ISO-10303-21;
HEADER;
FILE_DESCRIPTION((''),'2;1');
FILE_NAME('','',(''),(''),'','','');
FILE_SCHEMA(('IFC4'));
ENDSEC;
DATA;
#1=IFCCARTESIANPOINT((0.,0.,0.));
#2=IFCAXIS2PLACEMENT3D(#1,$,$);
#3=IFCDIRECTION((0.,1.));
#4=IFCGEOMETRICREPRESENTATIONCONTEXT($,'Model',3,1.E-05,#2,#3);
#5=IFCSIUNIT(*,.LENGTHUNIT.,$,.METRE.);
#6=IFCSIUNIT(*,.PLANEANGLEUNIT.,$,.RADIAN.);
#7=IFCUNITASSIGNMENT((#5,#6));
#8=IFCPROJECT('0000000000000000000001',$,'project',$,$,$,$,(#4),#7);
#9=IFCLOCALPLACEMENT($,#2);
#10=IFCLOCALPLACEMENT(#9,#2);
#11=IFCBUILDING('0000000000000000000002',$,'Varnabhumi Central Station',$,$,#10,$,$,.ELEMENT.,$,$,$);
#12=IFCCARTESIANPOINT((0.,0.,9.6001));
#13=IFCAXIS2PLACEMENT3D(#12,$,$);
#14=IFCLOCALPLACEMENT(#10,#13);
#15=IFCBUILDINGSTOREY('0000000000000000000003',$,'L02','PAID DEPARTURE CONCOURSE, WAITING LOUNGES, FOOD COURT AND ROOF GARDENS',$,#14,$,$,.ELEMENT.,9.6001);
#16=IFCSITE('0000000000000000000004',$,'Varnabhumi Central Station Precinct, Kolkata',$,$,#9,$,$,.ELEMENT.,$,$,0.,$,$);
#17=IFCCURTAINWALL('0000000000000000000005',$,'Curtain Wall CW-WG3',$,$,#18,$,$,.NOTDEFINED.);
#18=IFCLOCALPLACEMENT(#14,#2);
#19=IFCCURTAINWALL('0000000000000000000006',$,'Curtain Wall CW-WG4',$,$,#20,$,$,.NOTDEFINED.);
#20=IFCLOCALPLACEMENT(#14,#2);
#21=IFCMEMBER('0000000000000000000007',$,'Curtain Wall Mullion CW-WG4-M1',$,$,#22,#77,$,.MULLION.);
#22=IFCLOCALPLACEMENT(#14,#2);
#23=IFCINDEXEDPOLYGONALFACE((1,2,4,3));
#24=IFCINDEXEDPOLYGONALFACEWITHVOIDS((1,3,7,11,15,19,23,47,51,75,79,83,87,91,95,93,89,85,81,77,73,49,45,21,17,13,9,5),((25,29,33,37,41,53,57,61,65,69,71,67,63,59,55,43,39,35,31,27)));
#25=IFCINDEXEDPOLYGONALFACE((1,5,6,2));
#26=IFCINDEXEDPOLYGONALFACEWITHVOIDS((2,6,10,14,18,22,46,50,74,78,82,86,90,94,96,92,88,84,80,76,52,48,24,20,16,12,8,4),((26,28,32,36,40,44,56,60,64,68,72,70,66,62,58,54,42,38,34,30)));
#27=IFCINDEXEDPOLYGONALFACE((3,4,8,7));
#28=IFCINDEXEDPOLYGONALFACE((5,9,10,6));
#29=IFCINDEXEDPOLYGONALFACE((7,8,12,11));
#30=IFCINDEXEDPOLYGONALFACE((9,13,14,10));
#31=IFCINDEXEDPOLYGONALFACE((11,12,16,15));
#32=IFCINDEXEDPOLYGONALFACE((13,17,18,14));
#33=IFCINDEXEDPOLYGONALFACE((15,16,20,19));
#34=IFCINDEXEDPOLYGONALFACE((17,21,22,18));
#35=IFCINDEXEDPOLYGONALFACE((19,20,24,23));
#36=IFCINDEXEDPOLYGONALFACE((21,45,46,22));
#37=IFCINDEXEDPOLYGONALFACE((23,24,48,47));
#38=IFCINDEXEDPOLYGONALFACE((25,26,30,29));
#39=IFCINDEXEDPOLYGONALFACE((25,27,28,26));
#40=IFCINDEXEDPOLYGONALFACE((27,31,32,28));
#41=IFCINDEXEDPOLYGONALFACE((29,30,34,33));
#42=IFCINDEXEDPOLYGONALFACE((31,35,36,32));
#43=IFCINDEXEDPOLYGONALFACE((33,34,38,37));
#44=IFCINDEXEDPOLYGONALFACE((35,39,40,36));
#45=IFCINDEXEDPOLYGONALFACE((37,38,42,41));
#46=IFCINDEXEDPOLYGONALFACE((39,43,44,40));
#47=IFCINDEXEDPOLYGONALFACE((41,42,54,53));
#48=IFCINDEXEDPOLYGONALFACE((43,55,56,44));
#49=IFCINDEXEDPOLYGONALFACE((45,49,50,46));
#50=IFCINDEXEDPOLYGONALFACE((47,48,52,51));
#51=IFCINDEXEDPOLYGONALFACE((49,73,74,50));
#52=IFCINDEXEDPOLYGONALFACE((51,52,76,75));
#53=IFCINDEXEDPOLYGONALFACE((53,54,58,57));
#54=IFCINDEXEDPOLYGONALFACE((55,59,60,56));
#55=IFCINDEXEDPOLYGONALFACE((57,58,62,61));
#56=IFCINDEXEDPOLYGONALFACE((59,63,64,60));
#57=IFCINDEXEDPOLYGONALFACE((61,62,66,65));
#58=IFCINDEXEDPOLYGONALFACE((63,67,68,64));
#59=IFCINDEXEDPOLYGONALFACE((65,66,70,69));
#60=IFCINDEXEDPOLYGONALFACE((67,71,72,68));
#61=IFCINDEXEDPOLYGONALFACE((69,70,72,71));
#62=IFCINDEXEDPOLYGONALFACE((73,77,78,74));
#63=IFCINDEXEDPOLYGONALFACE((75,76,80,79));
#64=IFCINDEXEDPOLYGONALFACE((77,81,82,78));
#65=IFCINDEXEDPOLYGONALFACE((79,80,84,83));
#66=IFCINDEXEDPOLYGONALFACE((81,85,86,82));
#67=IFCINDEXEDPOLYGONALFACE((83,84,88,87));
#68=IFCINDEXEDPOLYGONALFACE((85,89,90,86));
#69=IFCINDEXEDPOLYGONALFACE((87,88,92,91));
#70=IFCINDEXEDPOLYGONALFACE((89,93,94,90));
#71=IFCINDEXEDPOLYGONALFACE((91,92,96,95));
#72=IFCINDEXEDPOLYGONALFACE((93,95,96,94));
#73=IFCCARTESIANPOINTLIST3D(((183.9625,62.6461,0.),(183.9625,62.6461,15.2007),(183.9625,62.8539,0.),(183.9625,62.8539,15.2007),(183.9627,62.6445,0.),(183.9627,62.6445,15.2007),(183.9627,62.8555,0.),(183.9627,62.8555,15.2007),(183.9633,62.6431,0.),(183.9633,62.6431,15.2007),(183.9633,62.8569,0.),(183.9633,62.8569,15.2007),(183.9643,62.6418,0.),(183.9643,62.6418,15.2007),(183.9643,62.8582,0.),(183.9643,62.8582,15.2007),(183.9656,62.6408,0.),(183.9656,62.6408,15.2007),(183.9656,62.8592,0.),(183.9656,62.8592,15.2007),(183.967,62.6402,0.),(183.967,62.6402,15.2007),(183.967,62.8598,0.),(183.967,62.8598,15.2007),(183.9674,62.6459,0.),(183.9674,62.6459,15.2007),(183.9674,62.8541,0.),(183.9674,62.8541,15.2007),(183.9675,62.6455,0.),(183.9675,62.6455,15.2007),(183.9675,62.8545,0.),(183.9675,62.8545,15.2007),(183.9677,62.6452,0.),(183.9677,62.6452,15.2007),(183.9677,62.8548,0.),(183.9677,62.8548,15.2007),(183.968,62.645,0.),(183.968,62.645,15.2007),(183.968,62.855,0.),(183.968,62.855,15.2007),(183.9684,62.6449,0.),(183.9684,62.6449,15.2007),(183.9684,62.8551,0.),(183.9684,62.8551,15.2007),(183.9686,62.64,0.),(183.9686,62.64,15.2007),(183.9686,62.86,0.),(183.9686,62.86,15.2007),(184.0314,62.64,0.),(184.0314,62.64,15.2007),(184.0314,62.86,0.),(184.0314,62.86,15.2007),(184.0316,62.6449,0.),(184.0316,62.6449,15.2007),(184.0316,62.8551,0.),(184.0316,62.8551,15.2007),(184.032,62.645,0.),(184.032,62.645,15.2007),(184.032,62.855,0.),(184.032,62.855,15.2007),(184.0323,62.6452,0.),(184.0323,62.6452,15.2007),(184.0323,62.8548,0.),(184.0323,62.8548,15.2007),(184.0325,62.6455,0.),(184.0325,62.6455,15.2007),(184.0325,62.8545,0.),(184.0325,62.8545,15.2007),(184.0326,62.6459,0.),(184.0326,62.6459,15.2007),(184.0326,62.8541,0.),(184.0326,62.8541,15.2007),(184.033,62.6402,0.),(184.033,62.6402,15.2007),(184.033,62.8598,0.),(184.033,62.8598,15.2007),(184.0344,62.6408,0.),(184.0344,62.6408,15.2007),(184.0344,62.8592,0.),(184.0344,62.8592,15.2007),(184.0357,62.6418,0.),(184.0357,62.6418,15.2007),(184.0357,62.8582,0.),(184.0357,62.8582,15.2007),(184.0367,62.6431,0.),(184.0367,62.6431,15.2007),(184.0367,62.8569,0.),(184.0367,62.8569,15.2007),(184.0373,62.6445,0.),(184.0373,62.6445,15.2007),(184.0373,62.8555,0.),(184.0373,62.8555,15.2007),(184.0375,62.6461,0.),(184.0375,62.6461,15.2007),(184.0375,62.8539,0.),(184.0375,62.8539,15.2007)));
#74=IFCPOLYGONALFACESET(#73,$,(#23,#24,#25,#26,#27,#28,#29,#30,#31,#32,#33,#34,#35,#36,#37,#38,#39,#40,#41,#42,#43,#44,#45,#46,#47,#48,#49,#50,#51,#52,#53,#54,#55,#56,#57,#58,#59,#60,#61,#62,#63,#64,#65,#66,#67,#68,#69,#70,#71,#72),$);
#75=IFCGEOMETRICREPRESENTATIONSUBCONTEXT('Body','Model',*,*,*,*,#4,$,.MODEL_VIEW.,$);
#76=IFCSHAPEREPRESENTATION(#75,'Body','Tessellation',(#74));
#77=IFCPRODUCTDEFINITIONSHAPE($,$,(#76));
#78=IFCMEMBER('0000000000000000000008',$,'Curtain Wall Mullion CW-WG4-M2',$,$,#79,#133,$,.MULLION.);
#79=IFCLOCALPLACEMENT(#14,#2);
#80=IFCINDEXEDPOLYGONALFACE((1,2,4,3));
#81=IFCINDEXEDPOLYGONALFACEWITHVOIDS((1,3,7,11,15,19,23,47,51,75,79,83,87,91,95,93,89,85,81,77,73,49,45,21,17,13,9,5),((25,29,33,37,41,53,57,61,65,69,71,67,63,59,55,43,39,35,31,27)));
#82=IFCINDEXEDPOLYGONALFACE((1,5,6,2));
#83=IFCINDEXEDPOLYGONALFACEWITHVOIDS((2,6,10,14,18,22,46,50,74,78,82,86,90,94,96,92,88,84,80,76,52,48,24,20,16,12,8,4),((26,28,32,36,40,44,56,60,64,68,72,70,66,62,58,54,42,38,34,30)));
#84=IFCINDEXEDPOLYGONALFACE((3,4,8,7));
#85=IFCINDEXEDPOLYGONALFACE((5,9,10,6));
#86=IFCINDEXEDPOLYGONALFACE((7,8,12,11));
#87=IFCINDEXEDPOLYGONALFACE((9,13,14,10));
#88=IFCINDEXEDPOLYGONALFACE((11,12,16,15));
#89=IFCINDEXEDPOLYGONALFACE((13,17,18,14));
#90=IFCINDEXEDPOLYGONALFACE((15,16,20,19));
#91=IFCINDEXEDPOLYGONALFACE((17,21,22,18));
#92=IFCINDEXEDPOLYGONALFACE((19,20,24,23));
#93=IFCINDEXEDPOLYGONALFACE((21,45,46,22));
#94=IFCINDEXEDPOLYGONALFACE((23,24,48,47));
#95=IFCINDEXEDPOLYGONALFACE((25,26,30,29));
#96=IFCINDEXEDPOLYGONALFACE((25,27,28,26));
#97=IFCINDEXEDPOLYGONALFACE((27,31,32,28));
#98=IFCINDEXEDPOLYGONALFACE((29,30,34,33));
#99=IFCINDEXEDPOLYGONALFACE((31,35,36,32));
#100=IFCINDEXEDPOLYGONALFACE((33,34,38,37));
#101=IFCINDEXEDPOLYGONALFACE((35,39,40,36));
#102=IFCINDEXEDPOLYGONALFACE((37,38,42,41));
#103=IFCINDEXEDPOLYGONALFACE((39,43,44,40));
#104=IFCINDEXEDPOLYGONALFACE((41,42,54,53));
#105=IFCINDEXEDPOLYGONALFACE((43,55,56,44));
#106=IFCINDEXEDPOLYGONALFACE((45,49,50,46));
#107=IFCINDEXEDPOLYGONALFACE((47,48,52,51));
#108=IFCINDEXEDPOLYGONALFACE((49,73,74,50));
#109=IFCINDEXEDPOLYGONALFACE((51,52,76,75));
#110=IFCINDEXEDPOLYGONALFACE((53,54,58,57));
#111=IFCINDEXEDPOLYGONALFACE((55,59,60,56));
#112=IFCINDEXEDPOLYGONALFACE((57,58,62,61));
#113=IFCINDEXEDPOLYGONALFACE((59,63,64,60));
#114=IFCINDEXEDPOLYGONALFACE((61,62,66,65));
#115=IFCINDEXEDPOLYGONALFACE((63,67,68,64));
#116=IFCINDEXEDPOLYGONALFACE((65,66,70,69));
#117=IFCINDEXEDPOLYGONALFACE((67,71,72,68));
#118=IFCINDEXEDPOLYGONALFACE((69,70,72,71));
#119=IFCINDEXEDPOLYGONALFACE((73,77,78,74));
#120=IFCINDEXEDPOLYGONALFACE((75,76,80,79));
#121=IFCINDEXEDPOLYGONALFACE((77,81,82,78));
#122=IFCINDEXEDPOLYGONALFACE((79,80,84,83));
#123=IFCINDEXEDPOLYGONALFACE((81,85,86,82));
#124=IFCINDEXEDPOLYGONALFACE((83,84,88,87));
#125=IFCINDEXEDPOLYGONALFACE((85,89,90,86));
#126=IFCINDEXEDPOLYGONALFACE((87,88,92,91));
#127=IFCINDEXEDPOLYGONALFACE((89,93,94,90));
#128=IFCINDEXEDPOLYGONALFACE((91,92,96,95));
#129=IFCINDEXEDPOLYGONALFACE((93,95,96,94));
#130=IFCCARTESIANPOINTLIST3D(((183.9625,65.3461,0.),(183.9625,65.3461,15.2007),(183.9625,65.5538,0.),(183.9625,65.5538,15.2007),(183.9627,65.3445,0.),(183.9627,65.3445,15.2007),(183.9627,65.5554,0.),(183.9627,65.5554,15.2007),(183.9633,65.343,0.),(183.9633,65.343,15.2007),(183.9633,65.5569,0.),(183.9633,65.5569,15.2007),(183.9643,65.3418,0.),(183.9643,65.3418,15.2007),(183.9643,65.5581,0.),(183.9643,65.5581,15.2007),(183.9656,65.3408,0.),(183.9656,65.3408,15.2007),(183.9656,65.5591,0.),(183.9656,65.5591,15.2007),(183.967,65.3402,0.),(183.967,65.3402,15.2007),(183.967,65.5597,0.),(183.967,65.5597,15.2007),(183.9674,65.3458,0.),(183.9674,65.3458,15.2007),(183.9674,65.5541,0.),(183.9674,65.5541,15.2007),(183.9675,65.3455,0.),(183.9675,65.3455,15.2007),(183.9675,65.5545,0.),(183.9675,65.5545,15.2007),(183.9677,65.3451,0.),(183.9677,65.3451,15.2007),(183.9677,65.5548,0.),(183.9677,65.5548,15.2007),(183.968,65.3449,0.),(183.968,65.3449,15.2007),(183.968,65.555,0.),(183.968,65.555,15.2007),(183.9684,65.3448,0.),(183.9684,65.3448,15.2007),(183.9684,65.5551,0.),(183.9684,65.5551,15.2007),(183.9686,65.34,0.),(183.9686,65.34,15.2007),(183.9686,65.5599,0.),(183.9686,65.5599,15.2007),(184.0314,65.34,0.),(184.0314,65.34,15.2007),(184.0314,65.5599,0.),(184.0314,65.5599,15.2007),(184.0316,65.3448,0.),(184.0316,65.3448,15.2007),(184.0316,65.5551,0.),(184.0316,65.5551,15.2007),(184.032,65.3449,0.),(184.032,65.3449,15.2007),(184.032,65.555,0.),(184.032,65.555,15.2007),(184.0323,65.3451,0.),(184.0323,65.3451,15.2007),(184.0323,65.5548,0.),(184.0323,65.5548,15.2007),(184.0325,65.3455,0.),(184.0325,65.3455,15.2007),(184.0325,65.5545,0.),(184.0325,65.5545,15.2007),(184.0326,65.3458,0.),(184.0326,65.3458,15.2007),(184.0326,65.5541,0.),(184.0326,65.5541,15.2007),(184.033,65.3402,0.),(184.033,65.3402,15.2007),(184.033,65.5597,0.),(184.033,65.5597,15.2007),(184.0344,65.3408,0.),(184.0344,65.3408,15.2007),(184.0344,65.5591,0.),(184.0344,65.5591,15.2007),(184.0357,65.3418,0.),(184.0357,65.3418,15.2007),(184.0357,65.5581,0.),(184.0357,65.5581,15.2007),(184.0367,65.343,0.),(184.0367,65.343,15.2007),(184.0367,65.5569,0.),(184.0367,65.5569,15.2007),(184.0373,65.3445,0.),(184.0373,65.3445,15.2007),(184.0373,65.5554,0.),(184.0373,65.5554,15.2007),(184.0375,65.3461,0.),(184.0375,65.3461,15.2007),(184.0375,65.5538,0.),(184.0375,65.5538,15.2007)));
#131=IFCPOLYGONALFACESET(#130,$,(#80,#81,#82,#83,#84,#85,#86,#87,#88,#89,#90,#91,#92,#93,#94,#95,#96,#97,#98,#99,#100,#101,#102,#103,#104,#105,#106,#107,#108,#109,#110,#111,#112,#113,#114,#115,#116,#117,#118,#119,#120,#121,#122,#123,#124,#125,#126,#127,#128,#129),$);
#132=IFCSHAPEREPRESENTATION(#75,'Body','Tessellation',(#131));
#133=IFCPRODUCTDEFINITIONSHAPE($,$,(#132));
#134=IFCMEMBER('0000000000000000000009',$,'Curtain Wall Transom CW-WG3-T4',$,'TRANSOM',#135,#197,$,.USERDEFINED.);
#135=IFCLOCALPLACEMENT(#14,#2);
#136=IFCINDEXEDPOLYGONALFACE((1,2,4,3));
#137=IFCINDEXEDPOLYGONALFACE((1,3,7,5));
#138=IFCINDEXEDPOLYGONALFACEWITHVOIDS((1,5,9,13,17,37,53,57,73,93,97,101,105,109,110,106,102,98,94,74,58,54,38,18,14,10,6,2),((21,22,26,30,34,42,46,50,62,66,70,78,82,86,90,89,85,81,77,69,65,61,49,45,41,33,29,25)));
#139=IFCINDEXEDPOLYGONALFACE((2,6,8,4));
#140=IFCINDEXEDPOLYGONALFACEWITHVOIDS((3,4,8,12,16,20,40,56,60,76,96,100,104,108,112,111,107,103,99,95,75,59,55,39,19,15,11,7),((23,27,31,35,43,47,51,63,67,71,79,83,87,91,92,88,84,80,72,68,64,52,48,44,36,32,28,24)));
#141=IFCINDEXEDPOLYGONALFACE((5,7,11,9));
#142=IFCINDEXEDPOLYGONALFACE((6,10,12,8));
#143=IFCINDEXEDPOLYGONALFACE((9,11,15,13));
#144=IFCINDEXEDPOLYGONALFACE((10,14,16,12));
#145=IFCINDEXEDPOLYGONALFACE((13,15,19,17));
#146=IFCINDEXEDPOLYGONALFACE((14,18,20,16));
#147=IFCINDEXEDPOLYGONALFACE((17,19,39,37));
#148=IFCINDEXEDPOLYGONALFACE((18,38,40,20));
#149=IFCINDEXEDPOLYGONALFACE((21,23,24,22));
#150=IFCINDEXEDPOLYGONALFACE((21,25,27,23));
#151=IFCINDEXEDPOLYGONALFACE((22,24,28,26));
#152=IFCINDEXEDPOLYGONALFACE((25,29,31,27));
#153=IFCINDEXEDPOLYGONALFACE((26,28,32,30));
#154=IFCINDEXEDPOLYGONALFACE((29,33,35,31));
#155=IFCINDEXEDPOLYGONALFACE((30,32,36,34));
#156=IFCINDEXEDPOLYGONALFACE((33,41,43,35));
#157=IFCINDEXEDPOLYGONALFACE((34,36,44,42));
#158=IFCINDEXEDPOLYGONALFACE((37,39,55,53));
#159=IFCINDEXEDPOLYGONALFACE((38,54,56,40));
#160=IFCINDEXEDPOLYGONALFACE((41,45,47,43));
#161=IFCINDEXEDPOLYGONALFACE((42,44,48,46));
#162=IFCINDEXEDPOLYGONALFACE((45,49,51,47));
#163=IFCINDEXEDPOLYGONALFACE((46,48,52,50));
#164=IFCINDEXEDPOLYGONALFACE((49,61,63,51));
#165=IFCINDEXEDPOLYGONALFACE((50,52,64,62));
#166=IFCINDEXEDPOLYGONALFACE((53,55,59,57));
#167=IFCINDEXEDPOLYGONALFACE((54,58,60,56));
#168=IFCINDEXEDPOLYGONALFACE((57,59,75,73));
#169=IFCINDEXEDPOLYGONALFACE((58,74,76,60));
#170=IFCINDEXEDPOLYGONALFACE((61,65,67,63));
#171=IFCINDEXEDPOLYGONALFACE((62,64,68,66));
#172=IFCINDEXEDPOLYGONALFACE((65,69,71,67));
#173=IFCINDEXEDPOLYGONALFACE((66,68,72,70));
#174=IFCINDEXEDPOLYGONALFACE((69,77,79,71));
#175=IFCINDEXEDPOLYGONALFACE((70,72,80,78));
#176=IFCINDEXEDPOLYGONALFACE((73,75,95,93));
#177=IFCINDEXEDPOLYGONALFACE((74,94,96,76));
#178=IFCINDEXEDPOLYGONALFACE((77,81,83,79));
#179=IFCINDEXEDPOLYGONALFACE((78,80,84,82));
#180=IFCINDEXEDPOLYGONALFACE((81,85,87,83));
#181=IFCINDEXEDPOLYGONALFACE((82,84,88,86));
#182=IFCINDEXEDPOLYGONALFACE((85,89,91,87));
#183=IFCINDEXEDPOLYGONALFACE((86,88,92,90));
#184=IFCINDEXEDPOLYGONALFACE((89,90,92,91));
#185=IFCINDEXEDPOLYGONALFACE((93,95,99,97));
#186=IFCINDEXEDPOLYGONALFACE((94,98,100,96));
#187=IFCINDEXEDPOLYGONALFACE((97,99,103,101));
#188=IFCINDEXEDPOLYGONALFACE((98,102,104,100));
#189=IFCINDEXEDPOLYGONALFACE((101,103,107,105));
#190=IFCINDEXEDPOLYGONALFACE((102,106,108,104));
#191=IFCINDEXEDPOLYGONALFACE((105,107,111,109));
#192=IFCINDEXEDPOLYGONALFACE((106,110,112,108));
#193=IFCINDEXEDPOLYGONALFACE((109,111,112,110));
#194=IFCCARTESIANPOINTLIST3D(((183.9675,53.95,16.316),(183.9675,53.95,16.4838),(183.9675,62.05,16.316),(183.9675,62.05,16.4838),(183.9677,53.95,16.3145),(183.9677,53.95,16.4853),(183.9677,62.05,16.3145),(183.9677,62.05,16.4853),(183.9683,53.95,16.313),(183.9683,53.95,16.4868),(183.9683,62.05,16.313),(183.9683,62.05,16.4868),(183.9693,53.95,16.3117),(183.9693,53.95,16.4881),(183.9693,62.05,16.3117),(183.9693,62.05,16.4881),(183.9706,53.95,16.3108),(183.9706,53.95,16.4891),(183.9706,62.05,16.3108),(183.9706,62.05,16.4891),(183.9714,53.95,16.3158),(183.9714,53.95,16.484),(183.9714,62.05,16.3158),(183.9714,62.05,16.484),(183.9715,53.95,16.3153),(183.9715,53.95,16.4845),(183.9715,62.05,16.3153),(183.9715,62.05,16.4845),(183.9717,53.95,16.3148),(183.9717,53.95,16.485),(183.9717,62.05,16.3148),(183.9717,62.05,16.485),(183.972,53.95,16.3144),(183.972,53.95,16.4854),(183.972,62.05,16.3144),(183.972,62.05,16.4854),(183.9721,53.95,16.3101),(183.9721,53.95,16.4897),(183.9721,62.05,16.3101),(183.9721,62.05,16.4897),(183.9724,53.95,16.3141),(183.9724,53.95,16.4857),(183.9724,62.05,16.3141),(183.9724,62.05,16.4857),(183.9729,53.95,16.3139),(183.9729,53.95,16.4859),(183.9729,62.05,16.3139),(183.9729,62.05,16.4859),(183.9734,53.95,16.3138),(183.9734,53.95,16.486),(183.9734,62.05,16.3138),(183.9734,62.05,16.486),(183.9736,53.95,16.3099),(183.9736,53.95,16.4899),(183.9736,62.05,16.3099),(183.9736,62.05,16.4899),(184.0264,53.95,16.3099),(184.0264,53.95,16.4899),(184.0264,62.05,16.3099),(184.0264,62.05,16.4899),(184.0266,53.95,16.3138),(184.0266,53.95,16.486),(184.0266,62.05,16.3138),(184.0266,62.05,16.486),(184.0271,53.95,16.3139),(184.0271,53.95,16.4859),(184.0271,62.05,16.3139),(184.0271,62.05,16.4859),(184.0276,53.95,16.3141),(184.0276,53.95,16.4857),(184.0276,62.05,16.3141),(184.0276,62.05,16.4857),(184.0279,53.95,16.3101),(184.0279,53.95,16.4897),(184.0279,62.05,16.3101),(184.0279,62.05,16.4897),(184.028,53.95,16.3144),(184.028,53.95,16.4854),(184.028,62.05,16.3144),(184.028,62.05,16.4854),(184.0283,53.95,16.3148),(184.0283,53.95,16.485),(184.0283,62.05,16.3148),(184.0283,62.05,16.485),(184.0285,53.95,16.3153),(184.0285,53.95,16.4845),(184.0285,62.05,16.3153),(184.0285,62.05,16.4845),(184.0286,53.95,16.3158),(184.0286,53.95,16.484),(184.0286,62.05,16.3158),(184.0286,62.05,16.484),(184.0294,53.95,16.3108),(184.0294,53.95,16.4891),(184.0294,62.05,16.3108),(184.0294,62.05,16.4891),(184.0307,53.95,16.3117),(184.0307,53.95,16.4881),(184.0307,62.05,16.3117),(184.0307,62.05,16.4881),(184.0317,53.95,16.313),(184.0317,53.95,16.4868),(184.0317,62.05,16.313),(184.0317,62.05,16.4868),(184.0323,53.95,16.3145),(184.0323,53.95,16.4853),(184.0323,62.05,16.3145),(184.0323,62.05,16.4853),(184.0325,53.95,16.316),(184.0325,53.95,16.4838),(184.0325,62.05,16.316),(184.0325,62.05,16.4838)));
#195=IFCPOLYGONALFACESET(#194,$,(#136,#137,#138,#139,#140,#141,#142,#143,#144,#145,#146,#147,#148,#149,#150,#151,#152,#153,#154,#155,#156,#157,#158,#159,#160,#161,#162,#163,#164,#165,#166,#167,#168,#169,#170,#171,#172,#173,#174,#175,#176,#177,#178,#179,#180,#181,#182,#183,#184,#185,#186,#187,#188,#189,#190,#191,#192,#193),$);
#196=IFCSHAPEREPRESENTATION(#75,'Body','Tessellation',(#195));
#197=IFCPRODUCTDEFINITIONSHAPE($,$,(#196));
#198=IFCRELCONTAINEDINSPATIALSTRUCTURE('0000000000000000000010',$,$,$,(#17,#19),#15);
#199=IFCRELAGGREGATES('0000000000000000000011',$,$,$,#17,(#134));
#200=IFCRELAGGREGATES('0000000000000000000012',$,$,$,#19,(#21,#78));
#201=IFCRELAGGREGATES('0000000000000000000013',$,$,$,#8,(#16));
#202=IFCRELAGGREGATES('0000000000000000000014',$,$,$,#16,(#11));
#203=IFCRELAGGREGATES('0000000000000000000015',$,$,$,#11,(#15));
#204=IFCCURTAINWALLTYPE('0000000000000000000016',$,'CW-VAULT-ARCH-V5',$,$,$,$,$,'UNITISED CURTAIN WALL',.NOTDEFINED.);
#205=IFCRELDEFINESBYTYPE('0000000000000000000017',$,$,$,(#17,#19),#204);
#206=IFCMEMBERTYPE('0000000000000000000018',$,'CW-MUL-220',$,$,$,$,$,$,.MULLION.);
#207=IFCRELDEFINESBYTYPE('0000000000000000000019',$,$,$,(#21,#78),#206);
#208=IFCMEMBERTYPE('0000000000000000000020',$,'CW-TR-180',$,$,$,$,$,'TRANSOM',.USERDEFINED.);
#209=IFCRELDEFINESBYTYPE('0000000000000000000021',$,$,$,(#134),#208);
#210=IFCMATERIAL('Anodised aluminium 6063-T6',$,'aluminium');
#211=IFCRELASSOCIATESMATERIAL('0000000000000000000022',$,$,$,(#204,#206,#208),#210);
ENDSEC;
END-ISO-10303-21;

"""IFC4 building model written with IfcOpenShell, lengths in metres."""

from ifc_helpers import new_model, si_unit, direction, frame, origin, origin_2d, place, context, subcontext, project, spatial, hollow_rectangle, extrude, material, material_profile, profile_set, type_object, element, aggregate, save


model = new_model("IFC4")

# Units and contexts
model_context = context("Model", 3, precision=1e-05, world=origin(), true_north=direction((0.0, 1.0)))
body_context = subcontext(model_context, "Body", "Model", "MODEL_VIEW")
ifc_project = project(units=[si_unit("LENGTHUNIT", "METRE"), si_unit("PLANEANGLEUNIT", "RADIAN")], contexts=[model_context])

# Site, building, storey
site_placement = place(None, origin())
site = spatial("IfcSite", under=ifc_project, at=site_placement, Name="Varnabhumi Central Station Precinct, Kolkata", CompositionType="ELEMENT", RefElevation=0.0)
building_placement = place(site_placement, origin())
building = spatial("IfcBuilding", under=site, at=building_placement, Name="Varnabhumi Central Station", CompositionType="ELEMENT")
storey_placement = place(building_placement, frame((0.0, 0.0, 9.6001)))
storey = spatial("IfcBuildingStorey", under=building, at=storey_placement, Name="L02", Description="PAID DEPARTURE CONCOURSE, WAITING LOUNGES, FOOD COURT AND ROOF GARDENS", CompositionType="ELEMENT", Elevation=9.6001)

# Curtain walls, members
ifc_material_1 = material(Name="Anodised aluminium 6063-T6", Category="aluminium")
curtain_wall_type = type_object("IfcCurtainWallType", Name="CW-VAULT-ARCH-V5", ElementType="UNITISED CURTAIN WALL", PredefinedType="NOTDEFINED", material=ifc_material_1)
curtain_wall_1_placement = place(storey_placement, origin())
curtain_wall_1 = element("IfcCurtainWall", 1, at=curtain_wall_1_placement, inside=storey, type_object=curtain_wall_type, Name="Curtain Wall CW-WG3", PredefinedType="NOTDEFINED")
ifc_material_profile_1 = material_profile(ifc_material_1, hollow_rectangle(XDim=0.075, YDim=0.22, WallThickness=0.0049, InnerFilletRadius=0.001, OuterFilletRadius=0.0061, at=origin_2d()), Name="Anodised aluminium 6063-T6", Category="aluminium")
ifc_profile_set_1 = profile_set([ifc_material_profile_1], Name="Anodised aluminium 6063-T6")
member_type_1 = type_object("IfcMemberType", Name="CW-MUL-220", PredefinedType="MULLION", material=ifc_profile_set_1)
curtain_wall_2_placement = place(storey_placement, origin())
curtain_wall_2 = element("IfcCurtainWall", 2, at=curtain_wall_2_placement, inside=storey, type_object=curtain_wall_type, Name="Curtain Wall CW-WG4", PredefinedType="NOTDEFINED")
member_1_placement = place(storey_placement, frame((184.0, 62.75, 0.0), z_axis=(0.0, 0.0, 1.0), x_axis=(1.0, 0.0, 0.0)))
member_1 = element("IfcMember", 3, at=member_1_placement, type_object=member_type_1, Name="Curtain Wall Mullion CW-WG4-M1", PredefinedType="MULLION", context=body_context, shape_type="SweptSolid", body=[
    extrude(hollow_rectangle(XDim=0.075, YDim=0.22, WallThickness=0.0049, InnerFilletRadius=0.001, OuterFilletRadius=0.0061, at=origin_2d()), origin(), (0.0, 0.0, 1.0), 15.2007),
])
member_2_placement = place(storey_placement, frame((184.0, 65.45, 0.0), z_axis=(0.0, 0.0, 1.0), x_axis=(1.0, 0.0, 0.0)))
member_2 = element("IfcMember", 4, at=member_2_placement, type_object=member_type_1, Name="Curtain Wall Mullion CW-WG4-M2", PredefinedType="MULLION", context=body_context, shape_type="SweptSolid", body=[
    extrude(hollow_rectangle(XDim=0.075, YDim=0.22, WallThickness=0.0049, InnerFilletRadius=0.001, OuterFilletRadius=0.0061, at=origin_2d()), origin(), (0.0, 0.0, 1.0), 15.2007),
])

# Member
ifc_material_profile_2 = material_profile(ifc_material_1, hollow_rectangle(XDim=0.0649, YDim=0.1799, WallThickness=0.0039, InnerFilletRadius=0.002, OuterFilletRadius=0.0061, at=origin_2d()), Name="Anodised aluminium 6063-T6", Category="aluminium")
ifc_profile_set_2 = profile_set([ifc_material_profile_2], Name="Anodised aluminium 6063-T6")
member_type_2 = type_object("IfcMemberType", Name="CW-TR-180", ElementType="TRANSOM", PredefinedType="USERDEFINED", material=ifc_profile_set_2)
member_3_placement = place(storey_placement, frame((184.0, 53.95, 16.3999), z_axis=(0.0, 1.0, 0.0), x_axis=(-1.0, 0.0, 0.0)))
member_3 = element("IfcMember", 5, at=member_3_placement, type_object=member_type_2, Name="Curtain Wall Transom CW-WG3-T4", ObjectType="TRANSOM", PredefinedType="USERDEFINED", context=body_context, shape_type="SweptSolid", body=[
    extrude(hollow_rectangle(XDim=0.0649, YDim=0.1799, WallThickness=0.0039, InnerFilletRadius=0.002, OuterFilletRadius=0.0061, at=origin_2d()), origin(), (0.0, 0.0, 1.0), 8.1001),
])

aggregate(curtain_wall_1, [member_3])
aggregate(curtain_wall_2, [member_1, member_2])

save(model, "model.ifc")
